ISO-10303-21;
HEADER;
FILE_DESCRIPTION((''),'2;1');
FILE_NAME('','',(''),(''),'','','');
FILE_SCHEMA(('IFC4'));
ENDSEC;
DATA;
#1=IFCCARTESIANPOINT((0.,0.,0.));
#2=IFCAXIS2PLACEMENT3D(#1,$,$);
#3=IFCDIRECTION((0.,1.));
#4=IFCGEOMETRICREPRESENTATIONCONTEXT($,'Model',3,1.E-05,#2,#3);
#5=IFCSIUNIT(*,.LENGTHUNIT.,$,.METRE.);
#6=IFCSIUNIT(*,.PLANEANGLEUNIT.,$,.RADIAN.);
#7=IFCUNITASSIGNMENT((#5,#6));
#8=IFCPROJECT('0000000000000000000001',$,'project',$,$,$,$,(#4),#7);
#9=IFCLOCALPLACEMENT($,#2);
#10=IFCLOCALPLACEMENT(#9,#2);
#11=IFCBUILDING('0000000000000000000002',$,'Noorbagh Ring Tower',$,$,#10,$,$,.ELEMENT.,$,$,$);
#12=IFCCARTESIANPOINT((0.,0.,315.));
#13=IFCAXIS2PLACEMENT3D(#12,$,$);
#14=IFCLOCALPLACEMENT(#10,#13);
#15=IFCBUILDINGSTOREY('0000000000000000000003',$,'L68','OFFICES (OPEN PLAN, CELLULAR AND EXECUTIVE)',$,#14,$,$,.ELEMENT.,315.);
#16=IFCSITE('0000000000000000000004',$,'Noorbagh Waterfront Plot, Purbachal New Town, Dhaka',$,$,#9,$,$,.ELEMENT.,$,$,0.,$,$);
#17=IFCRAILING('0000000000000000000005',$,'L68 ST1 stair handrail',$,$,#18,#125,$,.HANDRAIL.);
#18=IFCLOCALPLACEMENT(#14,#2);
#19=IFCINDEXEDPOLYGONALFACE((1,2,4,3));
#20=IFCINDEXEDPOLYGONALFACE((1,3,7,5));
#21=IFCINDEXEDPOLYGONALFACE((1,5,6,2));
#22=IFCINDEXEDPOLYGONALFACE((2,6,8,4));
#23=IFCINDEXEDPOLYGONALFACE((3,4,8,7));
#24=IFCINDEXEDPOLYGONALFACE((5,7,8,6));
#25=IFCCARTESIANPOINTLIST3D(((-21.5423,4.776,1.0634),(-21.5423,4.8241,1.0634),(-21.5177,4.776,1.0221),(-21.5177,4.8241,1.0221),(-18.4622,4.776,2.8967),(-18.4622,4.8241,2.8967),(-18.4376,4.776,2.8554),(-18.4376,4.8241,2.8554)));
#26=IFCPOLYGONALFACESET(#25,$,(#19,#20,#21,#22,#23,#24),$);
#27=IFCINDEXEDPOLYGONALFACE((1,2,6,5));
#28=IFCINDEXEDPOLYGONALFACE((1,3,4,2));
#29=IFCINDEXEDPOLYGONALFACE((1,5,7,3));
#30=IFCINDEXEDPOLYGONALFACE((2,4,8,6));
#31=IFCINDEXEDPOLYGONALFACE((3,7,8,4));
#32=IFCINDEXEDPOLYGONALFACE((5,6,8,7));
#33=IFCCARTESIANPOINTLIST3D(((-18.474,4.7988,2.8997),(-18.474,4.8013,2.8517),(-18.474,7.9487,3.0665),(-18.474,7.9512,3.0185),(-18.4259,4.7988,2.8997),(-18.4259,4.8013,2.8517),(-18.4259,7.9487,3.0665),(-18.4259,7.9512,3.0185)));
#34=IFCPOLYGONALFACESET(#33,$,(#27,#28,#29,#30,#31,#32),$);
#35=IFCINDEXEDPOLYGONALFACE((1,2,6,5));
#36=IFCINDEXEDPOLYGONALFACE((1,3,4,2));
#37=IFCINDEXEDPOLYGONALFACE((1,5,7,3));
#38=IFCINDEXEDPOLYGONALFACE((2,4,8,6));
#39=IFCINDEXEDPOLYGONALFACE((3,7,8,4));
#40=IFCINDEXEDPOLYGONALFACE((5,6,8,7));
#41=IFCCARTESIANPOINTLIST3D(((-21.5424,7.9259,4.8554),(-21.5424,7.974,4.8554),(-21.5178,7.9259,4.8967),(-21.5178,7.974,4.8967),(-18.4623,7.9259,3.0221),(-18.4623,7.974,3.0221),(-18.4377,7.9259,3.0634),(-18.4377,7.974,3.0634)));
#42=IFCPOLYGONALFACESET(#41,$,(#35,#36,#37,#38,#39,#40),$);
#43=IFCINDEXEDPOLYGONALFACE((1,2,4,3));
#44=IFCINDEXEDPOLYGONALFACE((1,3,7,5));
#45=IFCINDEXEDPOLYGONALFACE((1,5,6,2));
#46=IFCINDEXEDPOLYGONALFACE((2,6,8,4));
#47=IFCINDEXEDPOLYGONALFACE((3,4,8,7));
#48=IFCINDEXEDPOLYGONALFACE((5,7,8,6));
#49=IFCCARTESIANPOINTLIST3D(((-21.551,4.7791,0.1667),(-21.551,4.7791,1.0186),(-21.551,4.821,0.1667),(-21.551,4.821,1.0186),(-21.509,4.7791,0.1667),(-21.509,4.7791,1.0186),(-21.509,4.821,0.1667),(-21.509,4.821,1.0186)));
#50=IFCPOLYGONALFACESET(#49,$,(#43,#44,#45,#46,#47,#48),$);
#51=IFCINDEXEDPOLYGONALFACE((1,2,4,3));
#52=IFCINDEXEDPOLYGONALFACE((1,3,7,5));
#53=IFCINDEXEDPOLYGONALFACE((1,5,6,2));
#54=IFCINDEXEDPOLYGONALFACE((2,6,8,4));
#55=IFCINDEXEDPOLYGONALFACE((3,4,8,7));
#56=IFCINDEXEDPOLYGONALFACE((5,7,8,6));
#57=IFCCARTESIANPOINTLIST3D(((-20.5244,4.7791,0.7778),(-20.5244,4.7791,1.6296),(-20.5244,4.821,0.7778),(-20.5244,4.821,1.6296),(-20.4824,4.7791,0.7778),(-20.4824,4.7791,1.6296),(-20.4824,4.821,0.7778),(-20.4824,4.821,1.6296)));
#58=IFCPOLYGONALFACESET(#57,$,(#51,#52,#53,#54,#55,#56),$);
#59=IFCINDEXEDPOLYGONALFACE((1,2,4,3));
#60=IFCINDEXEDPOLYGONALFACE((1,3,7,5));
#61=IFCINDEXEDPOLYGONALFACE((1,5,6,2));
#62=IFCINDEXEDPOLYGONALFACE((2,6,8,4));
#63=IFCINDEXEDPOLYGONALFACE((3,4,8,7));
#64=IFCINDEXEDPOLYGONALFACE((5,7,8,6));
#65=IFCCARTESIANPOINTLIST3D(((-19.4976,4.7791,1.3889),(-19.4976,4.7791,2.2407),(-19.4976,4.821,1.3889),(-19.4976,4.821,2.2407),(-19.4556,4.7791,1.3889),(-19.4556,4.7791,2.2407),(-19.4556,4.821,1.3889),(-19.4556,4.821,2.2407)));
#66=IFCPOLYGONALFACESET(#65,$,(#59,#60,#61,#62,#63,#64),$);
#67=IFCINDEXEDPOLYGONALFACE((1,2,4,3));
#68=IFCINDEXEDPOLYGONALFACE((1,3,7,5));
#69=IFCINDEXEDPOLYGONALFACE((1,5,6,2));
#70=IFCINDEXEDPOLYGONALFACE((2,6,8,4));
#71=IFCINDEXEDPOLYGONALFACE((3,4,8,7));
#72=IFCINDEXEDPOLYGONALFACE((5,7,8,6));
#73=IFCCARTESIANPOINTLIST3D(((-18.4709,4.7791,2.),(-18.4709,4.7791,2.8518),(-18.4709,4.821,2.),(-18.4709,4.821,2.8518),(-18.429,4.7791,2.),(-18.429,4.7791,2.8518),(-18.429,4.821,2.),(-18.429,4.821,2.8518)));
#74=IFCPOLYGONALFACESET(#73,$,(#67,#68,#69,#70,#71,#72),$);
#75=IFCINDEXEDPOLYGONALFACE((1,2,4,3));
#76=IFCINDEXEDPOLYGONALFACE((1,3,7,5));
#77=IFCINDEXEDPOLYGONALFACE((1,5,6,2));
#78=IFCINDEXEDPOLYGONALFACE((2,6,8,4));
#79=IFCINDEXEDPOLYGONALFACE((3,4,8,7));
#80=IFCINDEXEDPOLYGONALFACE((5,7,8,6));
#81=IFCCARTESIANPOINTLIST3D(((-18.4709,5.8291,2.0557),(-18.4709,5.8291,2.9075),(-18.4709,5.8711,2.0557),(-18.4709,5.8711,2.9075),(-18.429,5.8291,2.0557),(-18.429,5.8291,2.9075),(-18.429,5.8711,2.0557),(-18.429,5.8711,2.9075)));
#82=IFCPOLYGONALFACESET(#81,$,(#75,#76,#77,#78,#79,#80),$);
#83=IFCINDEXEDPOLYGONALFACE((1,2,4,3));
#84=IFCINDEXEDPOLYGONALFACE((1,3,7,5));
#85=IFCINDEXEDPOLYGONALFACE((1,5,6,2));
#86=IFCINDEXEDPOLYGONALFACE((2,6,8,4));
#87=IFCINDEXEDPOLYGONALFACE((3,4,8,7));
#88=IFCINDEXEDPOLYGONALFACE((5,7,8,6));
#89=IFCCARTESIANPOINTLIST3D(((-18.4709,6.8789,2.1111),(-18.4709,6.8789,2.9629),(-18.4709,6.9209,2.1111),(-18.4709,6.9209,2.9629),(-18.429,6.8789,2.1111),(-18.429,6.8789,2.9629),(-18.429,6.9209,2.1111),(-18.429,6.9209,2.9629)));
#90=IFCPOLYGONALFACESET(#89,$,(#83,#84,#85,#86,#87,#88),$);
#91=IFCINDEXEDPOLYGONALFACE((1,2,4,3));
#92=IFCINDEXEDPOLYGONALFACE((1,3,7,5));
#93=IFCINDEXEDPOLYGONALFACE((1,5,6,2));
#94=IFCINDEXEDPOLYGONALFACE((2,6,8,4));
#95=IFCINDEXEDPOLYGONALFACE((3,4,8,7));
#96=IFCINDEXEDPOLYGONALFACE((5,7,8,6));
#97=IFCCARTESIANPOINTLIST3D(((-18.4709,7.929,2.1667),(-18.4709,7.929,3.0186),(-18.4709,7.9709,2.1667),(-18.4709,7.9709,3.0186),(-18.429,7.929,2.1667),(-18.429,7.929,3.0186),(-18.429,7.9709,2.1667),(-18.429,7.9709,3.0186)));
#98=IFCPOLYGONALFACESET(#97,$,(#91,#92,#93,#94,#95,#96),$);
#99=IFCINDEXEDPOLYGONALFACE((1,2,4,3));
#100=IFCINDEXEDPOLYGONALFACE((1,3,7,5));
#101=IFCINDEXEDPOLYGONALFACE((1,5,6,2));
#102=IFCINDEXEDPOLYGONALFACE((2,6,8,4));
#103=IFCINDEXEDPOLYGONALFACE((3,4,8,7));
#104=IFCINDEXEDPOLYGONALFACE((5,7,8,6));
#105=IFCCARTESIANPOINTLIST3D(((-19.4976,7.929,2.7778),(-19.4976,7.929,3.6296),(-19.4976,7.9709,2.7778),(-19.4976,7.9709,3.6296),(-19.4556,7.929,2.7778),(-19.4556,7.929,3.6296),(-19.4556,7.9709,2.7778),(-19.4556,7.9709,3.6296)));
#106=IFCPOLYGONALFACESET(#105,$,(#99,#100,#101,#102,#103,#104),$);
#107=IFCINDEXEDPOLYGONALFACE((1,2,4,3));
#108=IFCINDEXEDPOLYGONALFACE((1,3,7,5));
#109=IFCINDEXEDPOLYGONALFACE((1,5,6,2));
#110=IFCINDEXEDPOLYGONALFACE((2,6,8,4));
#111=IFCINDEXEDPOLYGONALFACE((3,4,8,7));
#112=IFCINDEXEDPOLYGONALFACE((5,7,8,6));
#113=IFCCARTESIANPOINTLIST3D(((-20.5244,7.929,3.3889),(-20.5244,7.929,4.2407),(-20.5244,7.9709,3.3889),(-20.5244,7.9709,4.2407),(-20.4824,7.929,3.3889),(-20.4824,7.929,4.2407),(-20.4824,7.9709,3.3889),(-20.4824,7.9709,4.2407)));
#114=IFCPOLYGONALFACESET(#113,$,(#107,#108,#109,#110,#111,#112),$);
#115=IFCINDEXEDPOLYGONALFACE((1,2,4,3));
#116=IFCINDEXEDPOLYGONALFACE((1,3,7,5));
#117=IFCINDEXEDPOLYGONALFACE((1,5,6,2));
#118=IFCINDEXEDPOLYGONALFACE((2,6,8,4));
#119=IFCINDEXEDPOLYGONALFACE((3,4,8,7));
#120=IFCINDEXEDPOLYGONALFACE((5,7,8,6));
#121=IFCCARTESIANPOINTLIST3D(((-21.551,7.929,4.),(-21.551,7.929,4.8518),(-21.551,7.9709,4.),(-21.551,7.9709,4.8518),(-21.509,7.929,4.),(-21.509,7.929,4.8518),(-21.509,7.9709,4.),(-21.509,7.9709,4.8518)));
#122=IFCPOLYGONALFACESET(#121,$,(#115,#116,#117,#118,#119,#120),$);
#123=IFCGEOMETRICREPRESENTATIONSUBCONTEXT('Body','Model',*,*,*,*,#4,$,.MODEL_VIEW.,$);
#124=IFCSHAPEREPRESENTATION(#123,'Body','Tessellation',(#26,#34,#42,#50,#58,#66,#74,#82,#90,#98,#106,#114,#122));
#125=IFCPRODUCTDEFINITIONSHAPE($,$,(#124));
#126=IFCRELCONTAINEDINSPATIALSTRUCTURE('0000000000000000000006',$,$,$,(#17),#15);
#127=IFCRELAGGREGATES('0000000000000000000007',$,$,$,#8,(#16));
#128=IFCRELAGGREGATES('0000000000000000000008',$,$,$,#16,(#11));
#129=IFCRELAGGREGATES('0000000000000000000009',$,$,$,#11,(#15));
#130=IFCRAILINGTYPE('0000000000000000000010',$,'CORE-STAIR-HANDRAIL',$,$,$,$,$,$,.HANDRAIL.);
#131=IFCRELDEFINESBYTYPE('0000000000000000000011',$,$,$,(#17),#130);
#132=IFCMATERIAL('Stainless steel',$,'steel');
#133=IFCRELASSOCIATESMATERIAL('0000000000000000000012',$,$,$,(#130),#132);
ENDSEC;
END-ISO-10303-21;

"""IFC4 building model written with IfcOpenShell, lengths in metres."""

from ifc_helpers import new_model, si_unit, direction, frame, origin, origin_2d, place, context, subcontext, project, spatial, rectangle, extrude, material, type_object, element, save


model = new_model("IFC4")

# Units and contexts
model_context = context("Model", 3, precision=1e-05, world=origin(), true_north=direction((0.0, 1.0)))
body_context = subcontext(model_context, "Body", "Model", "MODEL_VIEW")
ifc_project = project(units=[si_unit("LENGTHUNIT", "METRE"), si_unit("PLANEANGLEUNIT", "RADIAN")], contexts=[model_context])

# Site, building, storey
site_placement = place(None, origin())
site = spatial("IfcSite", under=ifc_project, at=site_placement, Name="Noorbagh Waterfront Plot, Purbachal New Town, Dhaka", CompositionType="ELEMENT", RefElevation=0.0)
building_placement = place(site_placement, origin())
building = spatial("IfcBuilding", under=site, at=building_placement, Name="Noorbagh Ring Tower", CompositionType="ELEMENT")
storey_placement = place(building_placement, frame((0.0, 0.0, 315.0)))
storey = spatial("IfcBuildingStorey", under=building, at=storey_placement, Name="L68", Description="OFFICES (OPEN PLAN, CELLULAR AND EXECUTIVE)", CompositionType="ELEMENT", Elevation=315.0)

# Railing
ifc_material_1 = material(Name="Stainless steel", Category="steel")
railing_type_1 = type_object("IfcRailingType", Name="CORE-STAIR-HANDRAIL", PredefinedType="HANDRAIL", material=ifc_material_1)
railing_1_placement = place(storey_placement, frame((-21.53, 4.8, 0.1667)))
element("IfcRailing", 1, at=railing_1_placement, inside=storey, type_object=railing_type_1, Name="L68 ST1 stair handrail", PredefinedType="HANDRAIL", context=body_context, shape_type="SweptSolid", body=[
    extrude(rectangle(XDim=0.0481, YDim=0.0481, at=origin_2d()), frame((0.0, 0.0, 0.876), z_axis=(0.859309, 0.0, 0.511458), x_axis=(0.0, 1.0, 0.0)), (0.0, 0.0, 1.0), 3.5845),
    extrude(rectangle(XDim=0.0481, YDim=0.0481, at=origin_2d()), frame((3.0801, 0.0, 2.709), z_axis=(0.0, 0.998602, 0.052864), x_axis=(-1.0, 0.0, 0.0)), (0.0, 0.0, 1.0), 3.1543),
    extrude(rectangle(XDim=0.0481, YDim=0.0481, at=origin_2d()), frame((3.0801, 3.1499, 2.876), z_axis=(-0.859309, 0.0, 0.511458), x_axis=(0.0, -1.0, 0.0)), (0.0, 0.0, 1.0), 3.5845),
    extrude(rectangle(XDim=0.042, YDim=0.042, at=origin_2d()), origin(), (0.0, 0.0, 1.0), 0.8518),
    extrude(rectangle(XDim=0.042, YDim=0.042, at=origin_2d()), frame((1.0266, 0.0, 0.6111)), (0.0, 0.0, 1.0), 0.8518),
    extrude(rectangle(XDim=0.042, YDim=0.042, at=origin_2d()), frame((2.0535, 0.0, 1.2222)), (0.0, 0.0, 1.0), 0.8518),
    extrude(rectangle(XDim=0.042, YDim=0.042, at=origin_2d()), frame((3.0801, 0.0, 1.8333)), (0.0, 0.0, 1.0), 0.8518),
    extrude(rectangle(XDim=0.042, YDim=0.042, at=origin_2d()), frame((3.0801, 1.05, 1.8889)), (0.0, 0.0, 1.0), 0.8518),
    extrude(rectangle(XDim=0.042, YDim=0.042, at=origin_2d()), frame((3.0801, 2.0999, 1.9443)), (0.0, 0.0, 1.0), 0.8518),
    extrude(rectangle(XDim=0.042, YDim=0.042, at=origin_2d()), frame((3.0801, 3.1499, 2.0)), (0.0, 0.0, 1.0), 0.8518),
    extrude(rectangle(XDim=0.042, YDim=0.042, at=origin_2d()), frame((2.0535, 3.1499, 2.6111)), (0.0, 0.0, 1.0), 0.8518),
    extrude(rectangle(XDim=0.042, YDim=0.042, at=origin_2d()), frame((1.0266, 3.1499, 3.2222)), (0.0, 0.0, 1.0), 0.8518),
    extrude(rectangle(XDim=0.042, YDim=0.042, at=origin_2d()), frame((0.0, 3.1499, 3.8333)), (0.0, 0.0, 1.0), 0.8518),
])

save(model, "model.ifc")
